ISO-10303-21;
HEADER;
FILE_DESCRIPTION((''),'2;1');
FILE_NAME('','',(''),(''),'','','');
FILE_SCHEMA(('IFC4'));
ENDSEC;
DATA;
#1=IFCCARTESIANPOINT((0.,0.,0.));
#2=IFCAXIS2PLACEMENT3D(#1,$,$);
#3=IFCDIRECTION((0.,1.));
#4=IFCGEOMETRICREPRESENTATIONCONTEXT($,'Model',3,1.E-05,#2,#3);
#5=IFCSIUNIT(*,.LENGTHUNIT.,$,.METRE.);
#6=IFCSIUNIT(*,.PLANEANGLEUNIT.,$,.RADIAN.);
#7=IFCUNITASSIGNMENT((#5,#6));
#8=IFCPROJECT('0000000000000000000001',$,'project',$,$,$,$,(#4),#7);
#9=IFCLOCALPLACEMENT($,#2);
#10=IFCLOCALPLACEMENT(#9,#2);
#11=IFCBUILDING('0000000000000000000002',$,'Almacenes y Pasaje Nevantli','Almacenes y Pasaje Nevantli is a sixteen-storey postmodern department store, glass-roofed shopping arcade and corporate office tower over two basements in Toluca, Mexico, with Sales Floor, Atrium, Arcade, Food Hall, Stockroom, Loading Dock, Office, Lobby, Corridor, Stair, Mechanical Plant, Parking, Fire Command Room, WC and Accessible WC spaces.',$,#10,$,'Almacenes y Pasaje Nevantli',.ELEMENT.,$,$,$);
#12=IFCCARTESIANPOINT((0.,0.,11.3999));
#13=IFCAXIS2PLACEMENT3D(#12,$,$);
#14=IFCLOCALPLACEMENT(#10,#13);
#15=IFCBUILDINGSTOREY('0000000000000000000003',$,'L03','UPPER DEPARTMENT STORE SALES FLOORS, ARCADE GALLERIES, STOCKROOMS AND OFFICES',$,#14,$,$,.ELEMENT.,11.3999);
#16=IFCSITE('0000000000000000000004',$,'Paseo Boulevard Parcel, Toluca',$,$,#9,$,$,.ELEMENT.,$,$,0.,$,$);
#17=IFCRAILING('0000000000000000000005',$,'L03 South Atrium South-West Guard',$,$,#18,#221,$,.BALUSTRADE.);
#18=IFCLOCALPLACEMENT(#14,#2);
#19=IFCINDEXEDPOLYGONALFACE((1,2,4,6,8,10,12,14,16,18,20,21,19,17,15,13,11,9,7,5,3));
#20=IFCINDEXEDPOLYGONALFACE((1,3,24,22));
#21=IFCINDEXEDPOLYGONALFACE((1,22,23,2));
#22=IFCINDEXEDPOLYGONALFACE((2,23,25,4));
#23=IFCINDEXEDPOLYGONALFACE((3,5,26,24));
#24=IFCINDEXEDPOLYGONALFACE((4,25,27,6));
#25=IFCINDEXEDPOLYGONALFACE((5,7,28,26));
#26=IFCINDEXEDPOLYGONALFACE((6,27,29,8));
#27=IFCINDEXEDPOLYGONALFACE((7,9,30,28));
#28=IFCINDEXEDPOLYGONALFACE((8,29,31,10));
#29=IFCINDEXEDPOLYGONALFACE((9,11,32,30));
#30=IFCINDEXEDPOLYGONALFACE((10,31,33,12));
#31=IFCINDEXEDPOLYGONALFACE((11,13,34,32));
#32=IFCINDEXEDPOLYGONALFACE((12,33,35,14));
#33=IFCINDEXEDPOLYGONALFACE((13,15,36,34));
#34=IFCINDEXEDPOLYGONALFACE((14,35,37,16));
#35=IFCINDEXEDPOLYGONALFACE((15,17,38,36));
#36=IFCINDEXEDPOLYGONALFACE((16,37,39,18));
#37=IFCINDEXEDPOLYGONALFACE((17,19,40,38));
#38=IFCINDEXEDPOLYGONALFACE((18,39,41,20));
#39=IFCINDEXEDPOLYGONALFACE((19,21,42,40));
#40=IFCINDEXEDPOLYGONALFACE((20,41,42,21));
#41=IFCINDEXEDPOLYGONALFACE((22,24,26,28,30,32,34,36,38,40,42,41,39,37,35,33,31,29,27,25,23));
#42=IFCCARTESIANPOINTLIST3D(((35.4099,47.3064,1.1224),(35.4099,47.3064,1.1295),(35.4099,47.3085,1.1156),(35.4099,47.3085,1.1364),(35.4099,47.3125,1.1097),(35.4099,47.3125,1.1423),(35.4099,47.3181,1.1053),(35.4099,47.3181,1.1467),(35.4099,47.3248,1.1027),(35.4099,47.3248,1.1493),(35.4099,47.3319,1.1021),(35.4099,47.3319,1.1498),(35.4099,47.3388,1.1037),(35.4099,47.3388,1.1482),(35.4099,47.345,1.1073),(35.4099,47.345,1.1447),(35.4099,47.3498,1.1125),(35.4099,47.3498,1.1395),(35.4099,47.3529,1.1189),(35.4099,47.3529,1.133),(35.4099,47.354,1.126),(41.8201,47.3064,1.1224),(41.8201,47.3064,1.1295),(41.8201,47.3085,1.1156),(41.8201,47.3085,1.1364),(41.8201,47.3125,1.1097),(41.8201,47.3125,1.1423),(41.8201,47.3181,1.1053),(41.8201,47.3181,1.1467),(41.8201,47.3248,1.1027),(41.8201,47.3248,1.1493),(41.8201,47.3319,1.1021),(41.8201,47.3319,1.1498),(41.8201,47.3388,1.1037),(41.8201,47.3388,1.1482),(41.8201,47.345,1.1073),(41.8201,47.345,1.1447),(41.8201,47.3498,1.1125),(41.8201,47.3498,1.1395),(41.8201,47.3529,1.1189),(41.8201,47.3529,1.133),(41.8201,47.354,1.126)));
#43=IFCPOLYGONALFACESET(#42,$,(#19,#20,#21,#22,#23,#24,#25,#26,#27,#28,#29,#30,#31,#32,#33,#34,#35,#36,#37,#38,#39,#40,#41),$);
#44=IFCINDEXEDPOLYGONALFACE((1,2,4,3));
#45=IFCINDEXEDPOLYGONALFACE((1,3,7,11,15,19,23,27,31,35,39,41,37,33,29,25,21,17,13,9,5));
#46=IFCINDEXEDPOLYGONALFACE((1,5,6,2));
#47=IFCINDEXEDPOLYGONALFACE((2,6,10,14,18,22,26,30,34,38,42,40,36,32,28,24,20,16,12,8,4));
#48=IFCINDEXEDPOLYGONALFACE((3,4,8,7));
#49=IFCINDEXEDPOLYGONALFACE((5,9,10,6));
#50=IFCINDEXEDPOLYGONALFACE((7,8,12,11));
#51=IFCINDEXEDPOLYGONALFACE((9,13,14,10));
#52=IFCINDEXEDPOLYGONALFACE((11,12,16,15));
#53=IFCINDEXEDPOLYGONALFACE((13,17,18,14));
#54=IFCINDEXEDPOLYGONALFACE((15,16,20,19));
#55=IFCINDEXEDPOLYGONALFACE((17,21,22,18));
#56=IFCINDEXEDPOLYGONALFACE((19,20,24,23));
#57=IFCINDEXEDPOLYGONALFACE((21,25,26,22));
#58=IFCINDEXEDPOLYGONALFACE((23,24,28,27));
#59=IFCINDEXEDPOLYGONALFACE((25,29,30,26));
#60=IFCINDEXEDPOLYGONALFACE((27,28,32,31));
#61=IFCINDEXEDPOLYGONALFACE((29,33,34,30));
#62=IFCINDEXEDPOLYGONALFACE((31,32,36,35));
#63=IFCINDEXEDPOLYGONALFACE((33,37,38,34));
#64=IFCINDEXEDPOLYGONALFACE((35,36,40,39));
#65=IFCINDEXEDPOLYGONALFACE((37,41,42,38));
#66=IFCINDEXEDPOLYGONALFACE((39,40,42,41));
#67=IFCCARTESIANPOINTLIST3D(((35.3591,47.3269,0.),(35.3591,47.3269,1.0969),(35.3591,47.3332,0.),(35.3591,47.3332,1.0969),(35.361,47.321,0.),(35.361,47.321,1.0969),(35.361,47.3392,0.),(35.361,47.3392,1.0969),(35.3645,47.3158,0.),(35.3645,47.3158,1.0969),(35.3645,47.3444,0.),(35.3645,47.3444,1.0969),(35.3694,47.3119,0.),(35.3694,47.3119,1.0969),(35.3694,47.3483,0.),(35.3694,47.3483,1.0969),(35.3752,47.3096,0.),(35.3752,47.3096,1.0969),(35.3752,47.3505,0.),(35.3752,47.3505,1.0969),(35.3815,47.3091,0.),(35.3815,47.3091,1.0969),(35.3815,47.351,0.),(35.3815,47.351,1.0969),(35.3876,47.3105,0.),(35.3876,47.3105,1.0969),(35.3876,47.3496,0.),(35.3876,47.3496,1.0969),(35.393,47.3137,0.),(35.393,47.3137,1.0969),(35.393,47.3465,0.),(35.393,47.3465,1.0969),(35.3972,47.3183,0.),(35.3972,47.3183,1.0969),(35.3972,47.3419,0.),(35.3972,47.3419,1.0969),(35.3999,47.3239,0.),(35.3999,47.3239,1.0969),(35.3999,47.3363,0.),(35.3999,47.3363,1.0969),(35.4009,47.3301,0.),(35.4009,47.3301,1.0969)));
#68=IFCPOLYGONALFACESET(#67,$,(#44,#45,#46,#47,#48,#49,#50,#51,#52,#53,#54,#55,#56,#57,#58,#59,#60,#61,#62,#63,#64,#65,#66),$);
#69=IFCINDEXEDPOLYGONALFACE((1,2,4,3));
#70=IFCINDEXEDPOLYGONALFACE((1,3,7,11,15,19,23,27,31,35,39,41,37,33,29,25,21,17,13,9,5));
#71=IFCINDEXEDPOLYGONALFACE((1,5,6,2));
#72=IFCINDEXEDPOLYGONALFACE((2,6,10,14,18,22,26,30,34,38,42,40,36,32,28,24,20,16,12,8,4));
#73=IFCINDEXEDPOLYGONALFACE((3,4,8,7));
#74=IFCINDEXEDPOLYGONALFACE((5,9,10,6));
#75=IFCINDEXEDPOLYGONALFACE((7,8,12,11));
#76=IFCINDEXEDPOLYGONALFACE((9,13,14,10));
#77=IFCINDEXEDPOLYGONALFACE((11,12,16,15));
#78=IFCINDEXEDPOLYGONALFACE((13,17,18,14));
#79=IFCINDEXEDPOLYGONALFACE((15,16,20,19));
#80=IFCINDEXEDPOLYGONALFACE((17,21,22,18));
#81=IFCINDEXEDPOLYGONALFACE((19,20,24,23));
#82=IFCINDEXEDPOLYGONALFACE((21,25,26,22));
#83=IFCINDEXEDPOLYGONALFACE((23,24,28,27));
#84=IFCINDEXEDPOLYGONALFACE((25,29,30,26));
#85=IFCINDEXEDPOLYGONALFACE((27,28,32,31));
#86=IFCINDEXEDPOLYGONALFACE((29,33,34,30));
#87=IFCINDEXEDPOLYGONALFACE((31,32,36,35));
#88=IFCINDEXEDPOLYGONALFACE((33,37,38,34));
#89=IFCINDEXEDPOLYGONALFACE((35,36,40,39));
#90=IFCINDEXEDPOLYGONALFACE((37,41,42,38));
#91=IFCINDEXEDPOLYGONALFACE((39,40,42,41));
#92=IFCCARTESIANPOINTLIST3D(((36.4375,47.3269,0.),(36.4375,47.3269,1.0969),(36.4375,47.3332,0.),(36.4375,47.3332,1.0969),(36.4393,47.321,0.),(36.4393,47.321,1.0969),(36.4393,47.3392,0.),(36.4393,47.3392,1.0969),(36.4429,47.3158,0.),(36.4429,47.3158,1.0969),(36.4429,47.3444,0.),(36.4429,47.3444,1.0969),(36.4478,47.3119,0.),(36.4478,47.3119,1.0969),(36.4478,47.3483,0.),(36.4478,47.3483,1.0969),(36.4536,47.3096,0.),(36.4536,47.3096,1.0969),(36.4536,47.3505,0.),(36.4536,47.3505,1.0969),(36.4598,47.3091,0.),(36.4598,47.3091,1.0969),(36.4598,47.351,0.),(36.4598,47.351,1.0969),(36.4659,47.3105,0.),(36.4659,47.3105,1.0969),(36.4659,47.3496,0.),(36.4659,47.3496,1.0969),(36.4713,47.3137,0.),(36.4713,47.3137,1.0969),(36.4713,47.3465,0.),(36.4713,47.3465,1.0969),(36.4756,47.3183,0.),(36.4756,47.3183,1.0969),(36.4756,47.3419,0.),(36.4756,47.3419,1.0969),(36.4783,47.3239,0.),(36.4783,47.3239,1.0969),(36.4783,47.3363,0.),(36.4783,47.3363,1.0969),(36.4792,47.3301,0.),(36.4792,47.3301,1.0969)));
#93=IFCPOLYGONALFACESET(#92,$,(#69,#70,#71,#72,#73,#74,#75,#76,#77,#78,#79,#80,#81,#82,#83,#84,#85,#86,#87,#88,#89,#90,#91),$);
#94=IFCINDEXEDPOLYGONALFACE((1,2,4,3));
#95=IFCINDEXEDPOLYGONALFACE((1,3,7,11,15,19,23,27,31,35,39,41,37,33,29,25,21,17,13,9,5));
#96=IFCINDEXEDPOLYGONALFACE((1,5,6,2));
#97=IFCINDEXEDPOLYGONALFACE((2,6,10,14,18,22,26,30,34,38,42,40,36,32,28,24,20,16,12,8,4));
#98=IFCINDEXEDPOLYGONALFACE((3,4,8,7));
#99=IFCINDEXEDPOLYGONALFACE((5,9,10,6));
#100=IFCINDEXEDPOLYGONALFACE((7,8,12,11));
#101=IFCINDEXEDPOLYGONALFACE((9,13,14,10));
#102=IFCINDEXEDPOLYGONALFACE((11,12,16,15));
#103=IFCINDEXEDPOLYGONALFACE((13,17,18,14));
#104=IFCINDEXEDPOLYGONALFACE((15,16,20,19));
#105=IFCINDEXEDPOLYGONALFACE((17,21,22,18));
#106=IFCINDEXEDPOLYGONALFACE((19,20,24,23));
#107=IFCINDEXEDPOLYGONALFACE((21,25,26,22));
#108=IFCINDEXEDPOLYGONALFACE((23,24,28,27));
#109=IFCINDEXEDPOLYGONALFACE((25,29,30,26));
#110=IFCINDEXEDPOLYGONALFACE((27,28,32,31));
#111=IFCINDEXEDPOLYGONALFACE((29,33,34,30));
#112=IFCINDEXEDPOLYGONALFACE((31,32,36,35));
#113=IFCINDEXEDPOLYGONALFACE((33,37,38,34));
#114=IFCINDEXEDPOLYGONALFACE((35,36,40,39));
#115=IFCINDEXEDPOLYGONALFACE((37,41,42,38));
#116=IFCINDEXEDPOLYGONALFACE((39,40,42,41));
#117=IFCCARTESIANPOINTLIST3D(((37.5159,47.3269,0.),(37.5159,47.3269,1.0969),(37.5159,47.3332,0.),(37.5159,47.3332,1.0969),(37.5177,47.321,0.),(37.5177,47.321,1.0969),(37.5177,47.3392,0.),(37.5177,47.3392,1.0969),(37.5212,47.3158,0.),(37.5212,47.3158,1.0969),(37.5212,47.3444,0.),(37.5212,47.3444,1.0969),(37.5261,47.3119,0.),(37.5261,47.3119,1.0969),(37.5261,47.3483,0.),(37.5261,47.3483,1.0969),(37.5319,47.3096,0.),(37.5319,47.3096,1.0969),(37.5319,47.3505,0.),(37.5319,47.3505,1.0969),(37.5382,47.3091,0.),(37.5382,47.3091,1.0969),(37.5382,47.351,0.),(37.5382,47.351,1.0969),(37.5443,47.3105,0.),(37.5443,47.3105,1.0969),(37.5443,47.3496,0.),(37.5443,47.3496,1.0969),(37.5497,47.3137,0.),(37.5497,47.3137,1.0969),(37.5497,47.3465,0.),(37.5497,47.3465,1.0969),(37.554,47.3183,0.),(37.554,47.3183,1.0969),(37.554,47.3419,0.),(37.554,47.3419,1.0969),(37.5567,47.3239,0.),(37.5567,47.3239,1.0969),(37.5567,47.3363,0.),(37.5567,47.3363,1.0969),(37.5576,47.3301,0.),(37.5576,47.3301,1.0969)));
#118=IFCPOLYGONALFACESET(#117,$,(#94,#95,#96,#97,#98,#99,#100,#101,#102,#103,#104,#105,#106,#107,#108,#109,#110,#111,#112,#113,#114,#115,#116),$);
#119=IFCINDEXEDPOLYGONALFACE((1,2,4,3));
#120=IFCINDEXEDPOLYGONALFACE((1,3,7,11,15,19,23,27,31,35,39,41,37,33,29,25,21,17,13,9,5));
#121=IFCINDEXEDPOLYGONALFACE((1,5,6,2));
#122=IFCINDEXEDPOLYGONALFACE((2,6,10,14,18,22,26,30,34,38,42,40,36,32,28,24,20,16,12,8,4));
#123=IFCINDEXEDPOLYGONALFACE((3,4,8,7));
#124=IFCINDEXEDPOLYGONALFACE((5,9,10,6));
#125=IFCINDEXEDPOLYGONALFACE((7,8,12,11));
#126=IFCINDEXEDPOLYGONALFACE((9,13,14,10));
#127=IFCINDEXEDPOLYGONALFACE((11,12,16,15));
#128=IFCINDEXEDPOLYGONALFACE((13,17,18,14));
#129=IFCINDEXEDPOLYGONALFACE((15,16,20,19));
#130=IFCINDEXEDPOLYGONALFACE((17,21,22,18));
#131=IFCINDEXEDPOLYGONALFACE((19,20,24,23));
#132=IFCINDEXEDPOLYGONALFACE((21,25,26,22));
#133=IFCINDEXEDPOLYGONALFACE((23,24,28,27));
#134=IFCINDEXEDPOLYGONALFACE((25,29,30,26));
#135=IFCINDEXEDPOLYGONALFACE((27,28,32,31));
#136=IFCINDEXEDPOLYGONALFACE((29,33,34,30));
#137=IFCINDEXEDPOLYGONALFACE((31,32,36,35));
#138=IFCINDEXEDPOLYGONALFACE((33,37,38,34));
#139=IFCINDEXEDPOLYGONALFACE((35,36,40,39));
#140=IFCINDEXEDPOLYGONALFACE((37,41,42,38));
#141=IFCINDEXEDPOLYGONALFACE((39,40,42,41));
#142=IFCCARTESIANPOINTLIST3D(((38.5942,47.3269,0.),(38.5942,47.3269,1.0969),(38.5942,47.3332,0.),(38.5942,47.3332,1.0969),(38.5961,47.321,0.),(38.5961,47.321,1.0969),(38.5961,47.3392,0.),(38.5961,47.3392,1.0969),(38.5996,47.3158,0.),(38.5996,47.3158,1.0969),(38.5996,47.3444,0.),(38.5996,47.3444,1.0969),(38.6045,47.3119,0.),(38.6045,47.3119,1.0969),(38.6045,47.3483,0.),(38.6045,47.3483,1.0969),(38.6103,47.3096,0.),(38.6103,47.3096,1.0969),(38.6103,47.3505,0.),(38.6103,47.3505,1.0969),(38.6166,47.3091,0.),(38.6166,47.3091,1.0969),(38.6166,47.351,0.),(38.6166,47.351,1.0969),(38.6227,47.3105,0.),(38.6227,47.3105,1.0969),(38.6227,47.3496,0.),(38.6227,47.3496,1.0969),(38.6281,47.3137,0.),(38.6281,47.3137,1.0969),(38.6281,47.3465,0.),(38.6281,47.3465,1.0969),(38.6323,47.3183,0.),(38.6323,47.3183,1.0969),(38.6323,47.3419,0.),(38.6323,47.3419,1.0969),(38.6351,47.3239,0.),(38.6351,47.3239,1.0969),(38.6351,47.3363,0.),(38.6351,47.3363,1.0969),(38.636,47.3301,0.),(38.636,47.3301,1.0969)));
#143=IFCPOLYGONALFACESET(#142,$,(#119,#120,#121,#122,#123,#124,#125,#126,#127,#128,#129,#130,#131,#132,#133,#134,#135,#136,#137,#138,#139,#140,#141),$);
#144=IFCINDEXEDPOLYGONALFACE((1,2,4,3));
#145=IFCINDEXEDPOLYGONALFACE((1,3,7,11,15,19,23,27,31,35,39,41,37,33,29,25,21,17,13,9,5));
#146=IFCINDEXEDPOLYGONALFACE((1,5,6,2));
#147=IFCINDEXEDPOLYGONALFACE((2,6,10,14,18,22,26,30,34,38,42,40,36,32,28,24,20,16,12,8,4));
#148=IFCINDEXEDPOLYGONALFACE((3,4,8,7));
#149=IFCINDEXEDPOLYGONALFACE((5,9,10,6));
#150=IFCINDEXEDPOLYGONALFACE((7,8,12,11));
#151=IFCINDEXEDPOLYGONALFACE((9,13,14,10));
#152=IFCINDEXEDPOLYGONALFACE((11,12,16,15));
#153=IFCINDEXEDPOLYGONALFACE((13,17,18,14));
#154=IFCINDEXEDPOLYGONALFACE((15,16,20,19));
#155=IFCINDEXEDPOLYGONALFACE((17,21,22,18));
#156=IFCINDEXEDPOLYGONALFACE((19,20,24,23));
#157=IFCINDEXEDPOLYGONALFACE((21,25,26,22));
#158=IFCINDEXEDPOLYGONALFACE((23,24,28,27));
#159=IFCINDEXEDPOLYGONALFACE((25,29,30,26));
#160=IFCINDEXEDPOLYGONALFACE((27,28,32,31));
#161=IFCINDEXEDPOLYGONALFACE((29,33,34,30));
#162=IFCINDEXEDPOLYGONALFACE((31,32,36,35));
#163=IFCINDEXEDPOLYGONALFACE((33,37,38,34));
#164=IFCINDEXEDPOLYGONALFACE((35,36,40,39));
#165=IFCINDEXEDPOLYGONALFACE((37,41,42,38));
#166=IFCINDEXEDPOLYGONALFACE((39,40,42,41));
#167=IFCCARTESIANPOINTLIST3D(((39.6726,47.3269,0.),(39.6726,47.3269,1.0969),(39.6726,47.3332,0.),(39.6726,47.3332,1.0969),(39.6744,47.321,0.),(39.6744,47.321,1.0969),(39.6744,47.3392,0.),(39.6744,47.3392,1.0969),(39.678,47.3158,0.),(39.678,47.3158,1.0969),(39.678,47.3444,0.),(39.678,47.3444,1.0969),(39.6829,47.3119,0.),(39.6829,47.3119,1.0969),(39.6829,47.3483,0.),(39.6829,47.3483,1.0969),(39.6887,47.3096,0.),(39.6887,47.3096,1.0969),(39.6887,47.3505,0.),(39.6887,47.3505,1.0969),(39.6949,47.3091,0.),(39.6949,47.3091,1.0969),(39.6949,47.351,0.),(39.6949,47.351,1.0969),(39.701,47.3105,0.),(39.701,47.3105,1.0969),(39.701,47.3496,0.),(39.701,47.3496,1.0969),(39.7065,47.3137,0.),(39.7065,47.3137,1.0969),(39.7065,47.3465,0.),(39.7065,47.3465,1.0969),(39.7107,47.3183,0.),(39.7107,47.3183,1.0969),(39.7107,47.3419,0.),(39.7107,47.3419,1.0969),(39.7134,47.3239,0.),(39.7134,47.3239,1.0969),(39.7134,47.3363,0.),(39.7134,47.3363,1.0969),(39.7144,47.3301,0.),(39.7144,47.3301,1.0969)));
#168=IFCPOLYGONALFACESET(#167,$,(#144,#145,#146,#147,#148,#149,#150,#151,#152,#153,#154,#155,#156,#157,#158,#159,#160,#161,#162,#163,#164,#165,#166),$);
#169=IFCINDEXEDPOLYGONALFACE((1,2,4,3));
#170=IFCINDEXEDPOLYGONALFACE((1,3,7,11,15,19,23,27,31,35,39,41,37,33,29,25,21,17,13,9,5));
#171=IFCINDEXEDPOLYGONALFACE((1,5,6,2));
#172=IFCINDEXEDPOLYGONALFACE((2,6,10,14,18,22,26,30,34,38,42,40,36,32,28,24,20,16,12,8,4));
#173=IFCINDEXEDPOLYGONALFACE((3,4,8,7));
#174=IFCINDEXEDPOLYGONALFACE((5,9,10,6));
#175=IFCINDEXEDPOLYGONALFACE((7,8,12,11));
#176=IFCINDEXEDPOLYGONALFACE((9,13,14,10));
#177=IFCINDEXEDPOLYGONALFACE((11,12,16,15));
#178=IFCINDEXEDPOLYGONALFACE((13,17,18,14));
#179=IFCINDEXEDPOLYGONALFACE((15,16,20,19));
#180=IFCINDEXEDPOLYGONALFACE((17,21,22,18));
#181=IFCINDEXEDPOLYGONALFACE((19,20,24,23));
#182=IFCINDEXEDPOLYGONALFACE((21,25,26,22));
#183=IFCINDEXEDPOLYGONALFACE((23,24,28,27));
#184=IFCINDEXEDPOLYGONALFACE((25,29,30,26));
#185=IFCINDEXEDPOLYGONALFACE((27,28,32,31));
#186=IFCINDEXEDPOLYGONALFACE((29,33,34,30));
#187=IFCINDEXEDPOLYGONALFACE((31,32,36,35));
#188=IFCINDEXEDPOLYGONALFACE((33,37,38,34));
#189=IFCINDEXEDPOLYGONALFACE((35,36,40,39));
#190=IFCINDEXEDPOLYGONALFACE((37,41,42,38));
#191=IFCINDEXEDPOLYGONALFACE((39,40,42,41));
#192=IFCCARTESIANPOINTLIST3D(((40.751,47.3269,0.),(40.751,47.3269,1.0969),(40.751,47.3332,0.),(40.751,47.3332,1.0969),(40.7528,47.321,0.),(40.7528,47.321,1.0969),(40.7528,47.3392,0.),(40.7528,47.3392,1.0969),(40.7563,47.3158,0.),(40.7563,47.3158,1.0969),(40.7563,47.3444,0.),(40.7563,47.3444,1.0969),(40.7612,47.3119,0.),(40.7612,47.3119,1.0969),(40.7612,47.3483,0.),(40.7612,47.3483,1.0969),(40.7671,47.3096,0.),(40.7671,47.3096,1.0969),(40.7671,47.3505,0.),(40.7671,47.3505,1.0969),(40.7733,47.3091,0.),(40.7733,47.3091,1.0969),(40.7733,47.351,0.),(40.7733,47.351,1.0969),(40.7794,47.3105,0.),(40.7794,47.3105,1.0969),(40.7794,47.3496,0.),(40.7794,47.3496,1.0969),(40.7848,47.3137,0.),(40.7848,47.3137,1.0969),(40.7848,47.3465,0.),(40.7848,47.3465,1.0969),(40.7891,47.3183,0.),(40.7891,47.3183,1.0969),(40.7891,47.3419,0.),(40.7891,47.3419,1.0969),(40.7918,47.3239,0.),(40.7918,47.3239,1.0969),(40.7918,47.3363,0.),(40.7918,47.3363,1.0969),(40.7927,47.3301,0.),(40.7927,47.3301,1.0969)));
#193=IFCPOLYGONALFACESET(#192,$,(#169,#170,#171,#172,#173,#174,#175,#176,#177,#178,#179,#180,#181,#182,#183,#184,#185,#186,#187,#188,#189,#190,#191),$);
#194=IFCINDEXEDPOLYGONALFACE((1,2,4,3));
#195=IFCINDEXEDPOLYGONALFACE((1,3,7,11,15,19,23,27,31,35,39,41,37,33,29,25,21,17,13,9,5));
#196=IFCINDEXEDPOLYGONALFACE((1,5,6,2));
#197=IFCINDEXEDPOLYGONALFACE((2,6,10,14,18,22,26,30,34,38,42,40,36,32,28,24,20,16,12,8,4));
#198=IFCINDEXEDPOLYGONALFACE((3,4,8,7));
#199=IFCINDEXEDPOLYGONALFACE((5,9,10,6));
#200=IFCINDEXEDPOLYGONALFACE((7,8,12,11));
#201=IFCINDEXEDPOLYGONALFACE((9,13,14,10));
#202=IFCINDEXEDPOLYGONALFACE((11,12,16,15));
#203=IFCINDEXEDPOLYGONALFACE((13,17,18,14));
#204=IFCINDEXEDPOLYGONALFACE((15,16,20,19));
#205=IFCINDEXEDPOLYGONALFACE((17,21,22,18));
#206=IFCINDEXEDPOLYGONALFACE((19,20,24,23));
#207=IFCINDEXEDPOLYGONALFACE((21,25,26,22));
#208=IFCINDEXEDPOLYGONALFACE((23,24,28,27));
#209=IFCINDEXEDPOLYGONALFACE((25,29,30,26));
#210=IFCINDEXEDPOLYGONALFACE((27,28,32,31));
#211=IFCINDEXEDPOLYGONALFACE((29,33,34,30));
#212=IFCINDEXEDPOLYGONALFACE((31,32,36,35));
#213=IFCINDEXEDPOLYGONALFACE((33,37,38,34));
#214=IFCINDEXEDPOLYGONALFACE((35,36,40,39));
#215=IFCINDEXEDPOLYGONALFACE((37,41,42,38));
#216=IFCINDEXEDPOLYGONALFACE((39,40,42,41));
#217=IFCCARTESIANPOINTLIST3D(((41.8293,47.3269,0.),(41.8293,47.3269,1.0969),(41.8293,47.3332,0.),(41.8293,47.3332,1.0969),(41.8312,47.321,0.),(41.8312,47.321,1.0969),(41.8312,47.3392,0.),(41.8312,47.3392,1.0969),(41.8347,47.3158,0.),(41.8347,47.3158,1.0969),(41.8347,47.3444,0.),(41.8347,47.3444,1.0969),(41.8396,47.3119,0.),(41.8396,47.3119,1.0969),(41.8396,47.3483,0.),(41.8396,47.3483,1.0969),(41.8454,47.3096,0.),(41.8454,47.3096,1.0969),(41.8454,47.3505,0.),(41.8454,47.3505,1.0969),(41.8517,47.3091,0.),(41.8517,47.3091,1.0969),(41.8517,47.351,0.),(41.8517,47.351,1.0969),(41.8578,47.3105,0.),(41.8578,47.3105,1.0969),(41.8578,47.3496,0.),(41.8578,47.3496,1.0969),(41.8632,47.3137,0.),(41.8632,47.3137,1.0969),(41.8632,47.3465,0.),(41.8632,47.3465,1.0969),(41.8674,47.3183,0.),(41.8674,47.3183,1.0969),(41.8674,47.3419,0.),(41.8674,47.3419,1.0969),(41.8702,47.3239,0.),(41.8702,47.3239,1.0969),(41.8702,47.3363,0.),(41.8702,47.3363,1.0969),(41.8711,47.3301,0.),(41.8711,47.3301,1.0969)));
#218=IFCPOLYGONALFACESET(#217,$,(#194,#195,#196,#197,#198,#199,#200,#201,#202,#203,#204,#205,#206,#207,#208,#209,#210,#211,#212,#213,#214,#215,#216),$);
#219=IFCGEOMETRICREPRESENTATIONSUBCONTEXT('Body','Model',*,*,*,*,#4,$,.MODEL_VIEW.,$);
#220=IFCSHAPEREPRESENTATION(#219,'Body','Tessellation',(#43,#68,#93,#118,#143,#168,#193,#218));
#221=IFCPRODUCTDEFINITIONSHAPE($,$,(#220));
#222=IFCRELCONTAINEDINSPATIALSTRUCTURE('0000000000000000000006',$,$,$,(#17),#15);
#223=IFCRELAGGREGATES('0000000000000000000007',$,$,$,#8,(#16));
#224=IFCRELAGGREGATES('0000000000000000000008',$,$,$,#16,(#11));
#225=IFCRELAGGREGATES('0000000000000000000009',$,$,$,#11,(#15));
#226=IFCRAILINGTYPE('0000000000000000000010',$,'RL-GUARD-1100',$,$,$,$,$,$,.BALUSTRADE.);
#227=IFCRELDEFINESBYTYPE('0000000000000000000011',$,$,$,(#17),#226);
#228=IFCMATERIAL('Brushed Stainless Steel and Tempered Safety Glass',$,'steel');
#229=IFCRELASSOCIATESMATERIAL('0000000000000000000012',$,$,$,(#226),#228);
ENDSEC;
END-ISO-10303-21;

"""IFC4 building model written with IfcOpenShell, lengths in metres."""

from ifc_helpers import new_model, si_unit, direction, frame, origin, origin_2d, place, context, subcontext, project, spatial, circle, extrude, material, type_object, element, save


model = new_model("IFC4")

# Units and contexts
model_context = context("Model", 3, precision=1e-05, world=origin(), true_north=direction((0.0, 1.0)))
body_context = subcontext(model_context, "Body", "Model", "MODEL_VIEW")
ifc_project = project(units=[si_unit("LENGTHUNIT", "METRE"), si_unit("PLANEANGLEUNIT", "RADIAN")], contexts=[model_context])

# Site, building, storey
site_placement = place(None, origin())
site = spatial("IfcSite", under=ifc_project, at=site_placement, Name="Paseo Boulevard Parcel, Toluca", CompositionType="ELEMENT", RefElevation=0.0)
building_placement = place(site_placement, origin())
building = spatial("IfcBuilding", under=site, at=building_placement, Name="Almacenes y Pasaje Nevantli", Description="Almacenes y Pasaje Nevantli is a sixteen-storey postmodern department store, glass-roofed shopping arcade and corporate office tower over two basements in Toluca, Mexico, with Sales Floor, Atrium, Arcade, Food Hall, Stockroom, Loading Dock, Office, Lobby, Corridor, Stair, Mechanical Plant, Parking, Fire Command Room, WC and Accessible WC spaces.", LongName="Almacenes y Pasaje Nevantli", CompositionType="ELEMENT")
storey_placement = place(building_placement, frame((0.0, 0.0, 11.3999)))
storey = spatial("IfcBuildingStorey", under=building, at=storey_placement, Name="L03", Description="UPPER DEPARTMENT STORE SALES FLOORS, ARCADE GALLERIES, STOCKROOMS AND OFFICES", CompositionType="ELEMENT", Elevation=11.3999)

# Railing
ifc_material_1 = material(Name="Brushed Stainless Steel and Tempered Safety Glass", Category="steel")
railing_type = type_object("IfcRailingType", Name="RL-GUARD-1100", PredefinedType="BALUSTRADE", material=ifc_material_1)
railing_1_placement = place(storey_placement, frame((35.3799, 47.3301, 0.0)))
element("IfcRailing", 1, at=railing_1_placement, inside=storey, type_object=railing_type, Name="L03 South Atrium South-West Guard", PredefinedType="BALUSTRADE", context=body_context, shape_type="SweptSolid", body=[
    extrude(circle(Radius=0.0239, at=origin_2d()), frame((0.03, 0.0, 1.126), z_axis=(1.0, 0.0, 0.0), x_axis=(0.0, 1.0, 0.0)), (0.0, 0.0, 1.0), 6.4102),
    extrude(circle(Radius=0.021, at=origin_2d()), origin(), (0.0, 0.0, 1.0), 1.0969),
    extrude(circle(Radius=0.021, at=origin_2d()), frame((1.0784, 0.0, 0.0)), (0.0, 0.0, 1.0), 1.0969),
    extrude(circle(Radius=0.021, at=origin_2d()), frame((2.1567, 0.0, 0.0)), (0.0, 0.0, 1.0), 1.0969),
    extrude(circle(Radius=0.021, at=origin_2d()), frame((3.2351, 0.0, 0.0)), (0.0, 0.0, 1.0), 1.0969),
    extrude(circle(Radius=0.021, at=origin_2d()), frame((4.3135, 0.0, 0.0)), (0.0, 0.0, 1.0), 1.0969),
    extrude(circle(Radius=0.021, at=origin_2d()), frame((5.3918, 0.0, 0.0)), (0.0, 0.0, 1.0), 1.0969),
    extrude(circle(Radius=0.021, at=origin_2d()), frame((6.4702, 0.0, 0.0)), (0.0, 0.0, 1.0), 1.0969),
])

save(model, "model.ifc")
